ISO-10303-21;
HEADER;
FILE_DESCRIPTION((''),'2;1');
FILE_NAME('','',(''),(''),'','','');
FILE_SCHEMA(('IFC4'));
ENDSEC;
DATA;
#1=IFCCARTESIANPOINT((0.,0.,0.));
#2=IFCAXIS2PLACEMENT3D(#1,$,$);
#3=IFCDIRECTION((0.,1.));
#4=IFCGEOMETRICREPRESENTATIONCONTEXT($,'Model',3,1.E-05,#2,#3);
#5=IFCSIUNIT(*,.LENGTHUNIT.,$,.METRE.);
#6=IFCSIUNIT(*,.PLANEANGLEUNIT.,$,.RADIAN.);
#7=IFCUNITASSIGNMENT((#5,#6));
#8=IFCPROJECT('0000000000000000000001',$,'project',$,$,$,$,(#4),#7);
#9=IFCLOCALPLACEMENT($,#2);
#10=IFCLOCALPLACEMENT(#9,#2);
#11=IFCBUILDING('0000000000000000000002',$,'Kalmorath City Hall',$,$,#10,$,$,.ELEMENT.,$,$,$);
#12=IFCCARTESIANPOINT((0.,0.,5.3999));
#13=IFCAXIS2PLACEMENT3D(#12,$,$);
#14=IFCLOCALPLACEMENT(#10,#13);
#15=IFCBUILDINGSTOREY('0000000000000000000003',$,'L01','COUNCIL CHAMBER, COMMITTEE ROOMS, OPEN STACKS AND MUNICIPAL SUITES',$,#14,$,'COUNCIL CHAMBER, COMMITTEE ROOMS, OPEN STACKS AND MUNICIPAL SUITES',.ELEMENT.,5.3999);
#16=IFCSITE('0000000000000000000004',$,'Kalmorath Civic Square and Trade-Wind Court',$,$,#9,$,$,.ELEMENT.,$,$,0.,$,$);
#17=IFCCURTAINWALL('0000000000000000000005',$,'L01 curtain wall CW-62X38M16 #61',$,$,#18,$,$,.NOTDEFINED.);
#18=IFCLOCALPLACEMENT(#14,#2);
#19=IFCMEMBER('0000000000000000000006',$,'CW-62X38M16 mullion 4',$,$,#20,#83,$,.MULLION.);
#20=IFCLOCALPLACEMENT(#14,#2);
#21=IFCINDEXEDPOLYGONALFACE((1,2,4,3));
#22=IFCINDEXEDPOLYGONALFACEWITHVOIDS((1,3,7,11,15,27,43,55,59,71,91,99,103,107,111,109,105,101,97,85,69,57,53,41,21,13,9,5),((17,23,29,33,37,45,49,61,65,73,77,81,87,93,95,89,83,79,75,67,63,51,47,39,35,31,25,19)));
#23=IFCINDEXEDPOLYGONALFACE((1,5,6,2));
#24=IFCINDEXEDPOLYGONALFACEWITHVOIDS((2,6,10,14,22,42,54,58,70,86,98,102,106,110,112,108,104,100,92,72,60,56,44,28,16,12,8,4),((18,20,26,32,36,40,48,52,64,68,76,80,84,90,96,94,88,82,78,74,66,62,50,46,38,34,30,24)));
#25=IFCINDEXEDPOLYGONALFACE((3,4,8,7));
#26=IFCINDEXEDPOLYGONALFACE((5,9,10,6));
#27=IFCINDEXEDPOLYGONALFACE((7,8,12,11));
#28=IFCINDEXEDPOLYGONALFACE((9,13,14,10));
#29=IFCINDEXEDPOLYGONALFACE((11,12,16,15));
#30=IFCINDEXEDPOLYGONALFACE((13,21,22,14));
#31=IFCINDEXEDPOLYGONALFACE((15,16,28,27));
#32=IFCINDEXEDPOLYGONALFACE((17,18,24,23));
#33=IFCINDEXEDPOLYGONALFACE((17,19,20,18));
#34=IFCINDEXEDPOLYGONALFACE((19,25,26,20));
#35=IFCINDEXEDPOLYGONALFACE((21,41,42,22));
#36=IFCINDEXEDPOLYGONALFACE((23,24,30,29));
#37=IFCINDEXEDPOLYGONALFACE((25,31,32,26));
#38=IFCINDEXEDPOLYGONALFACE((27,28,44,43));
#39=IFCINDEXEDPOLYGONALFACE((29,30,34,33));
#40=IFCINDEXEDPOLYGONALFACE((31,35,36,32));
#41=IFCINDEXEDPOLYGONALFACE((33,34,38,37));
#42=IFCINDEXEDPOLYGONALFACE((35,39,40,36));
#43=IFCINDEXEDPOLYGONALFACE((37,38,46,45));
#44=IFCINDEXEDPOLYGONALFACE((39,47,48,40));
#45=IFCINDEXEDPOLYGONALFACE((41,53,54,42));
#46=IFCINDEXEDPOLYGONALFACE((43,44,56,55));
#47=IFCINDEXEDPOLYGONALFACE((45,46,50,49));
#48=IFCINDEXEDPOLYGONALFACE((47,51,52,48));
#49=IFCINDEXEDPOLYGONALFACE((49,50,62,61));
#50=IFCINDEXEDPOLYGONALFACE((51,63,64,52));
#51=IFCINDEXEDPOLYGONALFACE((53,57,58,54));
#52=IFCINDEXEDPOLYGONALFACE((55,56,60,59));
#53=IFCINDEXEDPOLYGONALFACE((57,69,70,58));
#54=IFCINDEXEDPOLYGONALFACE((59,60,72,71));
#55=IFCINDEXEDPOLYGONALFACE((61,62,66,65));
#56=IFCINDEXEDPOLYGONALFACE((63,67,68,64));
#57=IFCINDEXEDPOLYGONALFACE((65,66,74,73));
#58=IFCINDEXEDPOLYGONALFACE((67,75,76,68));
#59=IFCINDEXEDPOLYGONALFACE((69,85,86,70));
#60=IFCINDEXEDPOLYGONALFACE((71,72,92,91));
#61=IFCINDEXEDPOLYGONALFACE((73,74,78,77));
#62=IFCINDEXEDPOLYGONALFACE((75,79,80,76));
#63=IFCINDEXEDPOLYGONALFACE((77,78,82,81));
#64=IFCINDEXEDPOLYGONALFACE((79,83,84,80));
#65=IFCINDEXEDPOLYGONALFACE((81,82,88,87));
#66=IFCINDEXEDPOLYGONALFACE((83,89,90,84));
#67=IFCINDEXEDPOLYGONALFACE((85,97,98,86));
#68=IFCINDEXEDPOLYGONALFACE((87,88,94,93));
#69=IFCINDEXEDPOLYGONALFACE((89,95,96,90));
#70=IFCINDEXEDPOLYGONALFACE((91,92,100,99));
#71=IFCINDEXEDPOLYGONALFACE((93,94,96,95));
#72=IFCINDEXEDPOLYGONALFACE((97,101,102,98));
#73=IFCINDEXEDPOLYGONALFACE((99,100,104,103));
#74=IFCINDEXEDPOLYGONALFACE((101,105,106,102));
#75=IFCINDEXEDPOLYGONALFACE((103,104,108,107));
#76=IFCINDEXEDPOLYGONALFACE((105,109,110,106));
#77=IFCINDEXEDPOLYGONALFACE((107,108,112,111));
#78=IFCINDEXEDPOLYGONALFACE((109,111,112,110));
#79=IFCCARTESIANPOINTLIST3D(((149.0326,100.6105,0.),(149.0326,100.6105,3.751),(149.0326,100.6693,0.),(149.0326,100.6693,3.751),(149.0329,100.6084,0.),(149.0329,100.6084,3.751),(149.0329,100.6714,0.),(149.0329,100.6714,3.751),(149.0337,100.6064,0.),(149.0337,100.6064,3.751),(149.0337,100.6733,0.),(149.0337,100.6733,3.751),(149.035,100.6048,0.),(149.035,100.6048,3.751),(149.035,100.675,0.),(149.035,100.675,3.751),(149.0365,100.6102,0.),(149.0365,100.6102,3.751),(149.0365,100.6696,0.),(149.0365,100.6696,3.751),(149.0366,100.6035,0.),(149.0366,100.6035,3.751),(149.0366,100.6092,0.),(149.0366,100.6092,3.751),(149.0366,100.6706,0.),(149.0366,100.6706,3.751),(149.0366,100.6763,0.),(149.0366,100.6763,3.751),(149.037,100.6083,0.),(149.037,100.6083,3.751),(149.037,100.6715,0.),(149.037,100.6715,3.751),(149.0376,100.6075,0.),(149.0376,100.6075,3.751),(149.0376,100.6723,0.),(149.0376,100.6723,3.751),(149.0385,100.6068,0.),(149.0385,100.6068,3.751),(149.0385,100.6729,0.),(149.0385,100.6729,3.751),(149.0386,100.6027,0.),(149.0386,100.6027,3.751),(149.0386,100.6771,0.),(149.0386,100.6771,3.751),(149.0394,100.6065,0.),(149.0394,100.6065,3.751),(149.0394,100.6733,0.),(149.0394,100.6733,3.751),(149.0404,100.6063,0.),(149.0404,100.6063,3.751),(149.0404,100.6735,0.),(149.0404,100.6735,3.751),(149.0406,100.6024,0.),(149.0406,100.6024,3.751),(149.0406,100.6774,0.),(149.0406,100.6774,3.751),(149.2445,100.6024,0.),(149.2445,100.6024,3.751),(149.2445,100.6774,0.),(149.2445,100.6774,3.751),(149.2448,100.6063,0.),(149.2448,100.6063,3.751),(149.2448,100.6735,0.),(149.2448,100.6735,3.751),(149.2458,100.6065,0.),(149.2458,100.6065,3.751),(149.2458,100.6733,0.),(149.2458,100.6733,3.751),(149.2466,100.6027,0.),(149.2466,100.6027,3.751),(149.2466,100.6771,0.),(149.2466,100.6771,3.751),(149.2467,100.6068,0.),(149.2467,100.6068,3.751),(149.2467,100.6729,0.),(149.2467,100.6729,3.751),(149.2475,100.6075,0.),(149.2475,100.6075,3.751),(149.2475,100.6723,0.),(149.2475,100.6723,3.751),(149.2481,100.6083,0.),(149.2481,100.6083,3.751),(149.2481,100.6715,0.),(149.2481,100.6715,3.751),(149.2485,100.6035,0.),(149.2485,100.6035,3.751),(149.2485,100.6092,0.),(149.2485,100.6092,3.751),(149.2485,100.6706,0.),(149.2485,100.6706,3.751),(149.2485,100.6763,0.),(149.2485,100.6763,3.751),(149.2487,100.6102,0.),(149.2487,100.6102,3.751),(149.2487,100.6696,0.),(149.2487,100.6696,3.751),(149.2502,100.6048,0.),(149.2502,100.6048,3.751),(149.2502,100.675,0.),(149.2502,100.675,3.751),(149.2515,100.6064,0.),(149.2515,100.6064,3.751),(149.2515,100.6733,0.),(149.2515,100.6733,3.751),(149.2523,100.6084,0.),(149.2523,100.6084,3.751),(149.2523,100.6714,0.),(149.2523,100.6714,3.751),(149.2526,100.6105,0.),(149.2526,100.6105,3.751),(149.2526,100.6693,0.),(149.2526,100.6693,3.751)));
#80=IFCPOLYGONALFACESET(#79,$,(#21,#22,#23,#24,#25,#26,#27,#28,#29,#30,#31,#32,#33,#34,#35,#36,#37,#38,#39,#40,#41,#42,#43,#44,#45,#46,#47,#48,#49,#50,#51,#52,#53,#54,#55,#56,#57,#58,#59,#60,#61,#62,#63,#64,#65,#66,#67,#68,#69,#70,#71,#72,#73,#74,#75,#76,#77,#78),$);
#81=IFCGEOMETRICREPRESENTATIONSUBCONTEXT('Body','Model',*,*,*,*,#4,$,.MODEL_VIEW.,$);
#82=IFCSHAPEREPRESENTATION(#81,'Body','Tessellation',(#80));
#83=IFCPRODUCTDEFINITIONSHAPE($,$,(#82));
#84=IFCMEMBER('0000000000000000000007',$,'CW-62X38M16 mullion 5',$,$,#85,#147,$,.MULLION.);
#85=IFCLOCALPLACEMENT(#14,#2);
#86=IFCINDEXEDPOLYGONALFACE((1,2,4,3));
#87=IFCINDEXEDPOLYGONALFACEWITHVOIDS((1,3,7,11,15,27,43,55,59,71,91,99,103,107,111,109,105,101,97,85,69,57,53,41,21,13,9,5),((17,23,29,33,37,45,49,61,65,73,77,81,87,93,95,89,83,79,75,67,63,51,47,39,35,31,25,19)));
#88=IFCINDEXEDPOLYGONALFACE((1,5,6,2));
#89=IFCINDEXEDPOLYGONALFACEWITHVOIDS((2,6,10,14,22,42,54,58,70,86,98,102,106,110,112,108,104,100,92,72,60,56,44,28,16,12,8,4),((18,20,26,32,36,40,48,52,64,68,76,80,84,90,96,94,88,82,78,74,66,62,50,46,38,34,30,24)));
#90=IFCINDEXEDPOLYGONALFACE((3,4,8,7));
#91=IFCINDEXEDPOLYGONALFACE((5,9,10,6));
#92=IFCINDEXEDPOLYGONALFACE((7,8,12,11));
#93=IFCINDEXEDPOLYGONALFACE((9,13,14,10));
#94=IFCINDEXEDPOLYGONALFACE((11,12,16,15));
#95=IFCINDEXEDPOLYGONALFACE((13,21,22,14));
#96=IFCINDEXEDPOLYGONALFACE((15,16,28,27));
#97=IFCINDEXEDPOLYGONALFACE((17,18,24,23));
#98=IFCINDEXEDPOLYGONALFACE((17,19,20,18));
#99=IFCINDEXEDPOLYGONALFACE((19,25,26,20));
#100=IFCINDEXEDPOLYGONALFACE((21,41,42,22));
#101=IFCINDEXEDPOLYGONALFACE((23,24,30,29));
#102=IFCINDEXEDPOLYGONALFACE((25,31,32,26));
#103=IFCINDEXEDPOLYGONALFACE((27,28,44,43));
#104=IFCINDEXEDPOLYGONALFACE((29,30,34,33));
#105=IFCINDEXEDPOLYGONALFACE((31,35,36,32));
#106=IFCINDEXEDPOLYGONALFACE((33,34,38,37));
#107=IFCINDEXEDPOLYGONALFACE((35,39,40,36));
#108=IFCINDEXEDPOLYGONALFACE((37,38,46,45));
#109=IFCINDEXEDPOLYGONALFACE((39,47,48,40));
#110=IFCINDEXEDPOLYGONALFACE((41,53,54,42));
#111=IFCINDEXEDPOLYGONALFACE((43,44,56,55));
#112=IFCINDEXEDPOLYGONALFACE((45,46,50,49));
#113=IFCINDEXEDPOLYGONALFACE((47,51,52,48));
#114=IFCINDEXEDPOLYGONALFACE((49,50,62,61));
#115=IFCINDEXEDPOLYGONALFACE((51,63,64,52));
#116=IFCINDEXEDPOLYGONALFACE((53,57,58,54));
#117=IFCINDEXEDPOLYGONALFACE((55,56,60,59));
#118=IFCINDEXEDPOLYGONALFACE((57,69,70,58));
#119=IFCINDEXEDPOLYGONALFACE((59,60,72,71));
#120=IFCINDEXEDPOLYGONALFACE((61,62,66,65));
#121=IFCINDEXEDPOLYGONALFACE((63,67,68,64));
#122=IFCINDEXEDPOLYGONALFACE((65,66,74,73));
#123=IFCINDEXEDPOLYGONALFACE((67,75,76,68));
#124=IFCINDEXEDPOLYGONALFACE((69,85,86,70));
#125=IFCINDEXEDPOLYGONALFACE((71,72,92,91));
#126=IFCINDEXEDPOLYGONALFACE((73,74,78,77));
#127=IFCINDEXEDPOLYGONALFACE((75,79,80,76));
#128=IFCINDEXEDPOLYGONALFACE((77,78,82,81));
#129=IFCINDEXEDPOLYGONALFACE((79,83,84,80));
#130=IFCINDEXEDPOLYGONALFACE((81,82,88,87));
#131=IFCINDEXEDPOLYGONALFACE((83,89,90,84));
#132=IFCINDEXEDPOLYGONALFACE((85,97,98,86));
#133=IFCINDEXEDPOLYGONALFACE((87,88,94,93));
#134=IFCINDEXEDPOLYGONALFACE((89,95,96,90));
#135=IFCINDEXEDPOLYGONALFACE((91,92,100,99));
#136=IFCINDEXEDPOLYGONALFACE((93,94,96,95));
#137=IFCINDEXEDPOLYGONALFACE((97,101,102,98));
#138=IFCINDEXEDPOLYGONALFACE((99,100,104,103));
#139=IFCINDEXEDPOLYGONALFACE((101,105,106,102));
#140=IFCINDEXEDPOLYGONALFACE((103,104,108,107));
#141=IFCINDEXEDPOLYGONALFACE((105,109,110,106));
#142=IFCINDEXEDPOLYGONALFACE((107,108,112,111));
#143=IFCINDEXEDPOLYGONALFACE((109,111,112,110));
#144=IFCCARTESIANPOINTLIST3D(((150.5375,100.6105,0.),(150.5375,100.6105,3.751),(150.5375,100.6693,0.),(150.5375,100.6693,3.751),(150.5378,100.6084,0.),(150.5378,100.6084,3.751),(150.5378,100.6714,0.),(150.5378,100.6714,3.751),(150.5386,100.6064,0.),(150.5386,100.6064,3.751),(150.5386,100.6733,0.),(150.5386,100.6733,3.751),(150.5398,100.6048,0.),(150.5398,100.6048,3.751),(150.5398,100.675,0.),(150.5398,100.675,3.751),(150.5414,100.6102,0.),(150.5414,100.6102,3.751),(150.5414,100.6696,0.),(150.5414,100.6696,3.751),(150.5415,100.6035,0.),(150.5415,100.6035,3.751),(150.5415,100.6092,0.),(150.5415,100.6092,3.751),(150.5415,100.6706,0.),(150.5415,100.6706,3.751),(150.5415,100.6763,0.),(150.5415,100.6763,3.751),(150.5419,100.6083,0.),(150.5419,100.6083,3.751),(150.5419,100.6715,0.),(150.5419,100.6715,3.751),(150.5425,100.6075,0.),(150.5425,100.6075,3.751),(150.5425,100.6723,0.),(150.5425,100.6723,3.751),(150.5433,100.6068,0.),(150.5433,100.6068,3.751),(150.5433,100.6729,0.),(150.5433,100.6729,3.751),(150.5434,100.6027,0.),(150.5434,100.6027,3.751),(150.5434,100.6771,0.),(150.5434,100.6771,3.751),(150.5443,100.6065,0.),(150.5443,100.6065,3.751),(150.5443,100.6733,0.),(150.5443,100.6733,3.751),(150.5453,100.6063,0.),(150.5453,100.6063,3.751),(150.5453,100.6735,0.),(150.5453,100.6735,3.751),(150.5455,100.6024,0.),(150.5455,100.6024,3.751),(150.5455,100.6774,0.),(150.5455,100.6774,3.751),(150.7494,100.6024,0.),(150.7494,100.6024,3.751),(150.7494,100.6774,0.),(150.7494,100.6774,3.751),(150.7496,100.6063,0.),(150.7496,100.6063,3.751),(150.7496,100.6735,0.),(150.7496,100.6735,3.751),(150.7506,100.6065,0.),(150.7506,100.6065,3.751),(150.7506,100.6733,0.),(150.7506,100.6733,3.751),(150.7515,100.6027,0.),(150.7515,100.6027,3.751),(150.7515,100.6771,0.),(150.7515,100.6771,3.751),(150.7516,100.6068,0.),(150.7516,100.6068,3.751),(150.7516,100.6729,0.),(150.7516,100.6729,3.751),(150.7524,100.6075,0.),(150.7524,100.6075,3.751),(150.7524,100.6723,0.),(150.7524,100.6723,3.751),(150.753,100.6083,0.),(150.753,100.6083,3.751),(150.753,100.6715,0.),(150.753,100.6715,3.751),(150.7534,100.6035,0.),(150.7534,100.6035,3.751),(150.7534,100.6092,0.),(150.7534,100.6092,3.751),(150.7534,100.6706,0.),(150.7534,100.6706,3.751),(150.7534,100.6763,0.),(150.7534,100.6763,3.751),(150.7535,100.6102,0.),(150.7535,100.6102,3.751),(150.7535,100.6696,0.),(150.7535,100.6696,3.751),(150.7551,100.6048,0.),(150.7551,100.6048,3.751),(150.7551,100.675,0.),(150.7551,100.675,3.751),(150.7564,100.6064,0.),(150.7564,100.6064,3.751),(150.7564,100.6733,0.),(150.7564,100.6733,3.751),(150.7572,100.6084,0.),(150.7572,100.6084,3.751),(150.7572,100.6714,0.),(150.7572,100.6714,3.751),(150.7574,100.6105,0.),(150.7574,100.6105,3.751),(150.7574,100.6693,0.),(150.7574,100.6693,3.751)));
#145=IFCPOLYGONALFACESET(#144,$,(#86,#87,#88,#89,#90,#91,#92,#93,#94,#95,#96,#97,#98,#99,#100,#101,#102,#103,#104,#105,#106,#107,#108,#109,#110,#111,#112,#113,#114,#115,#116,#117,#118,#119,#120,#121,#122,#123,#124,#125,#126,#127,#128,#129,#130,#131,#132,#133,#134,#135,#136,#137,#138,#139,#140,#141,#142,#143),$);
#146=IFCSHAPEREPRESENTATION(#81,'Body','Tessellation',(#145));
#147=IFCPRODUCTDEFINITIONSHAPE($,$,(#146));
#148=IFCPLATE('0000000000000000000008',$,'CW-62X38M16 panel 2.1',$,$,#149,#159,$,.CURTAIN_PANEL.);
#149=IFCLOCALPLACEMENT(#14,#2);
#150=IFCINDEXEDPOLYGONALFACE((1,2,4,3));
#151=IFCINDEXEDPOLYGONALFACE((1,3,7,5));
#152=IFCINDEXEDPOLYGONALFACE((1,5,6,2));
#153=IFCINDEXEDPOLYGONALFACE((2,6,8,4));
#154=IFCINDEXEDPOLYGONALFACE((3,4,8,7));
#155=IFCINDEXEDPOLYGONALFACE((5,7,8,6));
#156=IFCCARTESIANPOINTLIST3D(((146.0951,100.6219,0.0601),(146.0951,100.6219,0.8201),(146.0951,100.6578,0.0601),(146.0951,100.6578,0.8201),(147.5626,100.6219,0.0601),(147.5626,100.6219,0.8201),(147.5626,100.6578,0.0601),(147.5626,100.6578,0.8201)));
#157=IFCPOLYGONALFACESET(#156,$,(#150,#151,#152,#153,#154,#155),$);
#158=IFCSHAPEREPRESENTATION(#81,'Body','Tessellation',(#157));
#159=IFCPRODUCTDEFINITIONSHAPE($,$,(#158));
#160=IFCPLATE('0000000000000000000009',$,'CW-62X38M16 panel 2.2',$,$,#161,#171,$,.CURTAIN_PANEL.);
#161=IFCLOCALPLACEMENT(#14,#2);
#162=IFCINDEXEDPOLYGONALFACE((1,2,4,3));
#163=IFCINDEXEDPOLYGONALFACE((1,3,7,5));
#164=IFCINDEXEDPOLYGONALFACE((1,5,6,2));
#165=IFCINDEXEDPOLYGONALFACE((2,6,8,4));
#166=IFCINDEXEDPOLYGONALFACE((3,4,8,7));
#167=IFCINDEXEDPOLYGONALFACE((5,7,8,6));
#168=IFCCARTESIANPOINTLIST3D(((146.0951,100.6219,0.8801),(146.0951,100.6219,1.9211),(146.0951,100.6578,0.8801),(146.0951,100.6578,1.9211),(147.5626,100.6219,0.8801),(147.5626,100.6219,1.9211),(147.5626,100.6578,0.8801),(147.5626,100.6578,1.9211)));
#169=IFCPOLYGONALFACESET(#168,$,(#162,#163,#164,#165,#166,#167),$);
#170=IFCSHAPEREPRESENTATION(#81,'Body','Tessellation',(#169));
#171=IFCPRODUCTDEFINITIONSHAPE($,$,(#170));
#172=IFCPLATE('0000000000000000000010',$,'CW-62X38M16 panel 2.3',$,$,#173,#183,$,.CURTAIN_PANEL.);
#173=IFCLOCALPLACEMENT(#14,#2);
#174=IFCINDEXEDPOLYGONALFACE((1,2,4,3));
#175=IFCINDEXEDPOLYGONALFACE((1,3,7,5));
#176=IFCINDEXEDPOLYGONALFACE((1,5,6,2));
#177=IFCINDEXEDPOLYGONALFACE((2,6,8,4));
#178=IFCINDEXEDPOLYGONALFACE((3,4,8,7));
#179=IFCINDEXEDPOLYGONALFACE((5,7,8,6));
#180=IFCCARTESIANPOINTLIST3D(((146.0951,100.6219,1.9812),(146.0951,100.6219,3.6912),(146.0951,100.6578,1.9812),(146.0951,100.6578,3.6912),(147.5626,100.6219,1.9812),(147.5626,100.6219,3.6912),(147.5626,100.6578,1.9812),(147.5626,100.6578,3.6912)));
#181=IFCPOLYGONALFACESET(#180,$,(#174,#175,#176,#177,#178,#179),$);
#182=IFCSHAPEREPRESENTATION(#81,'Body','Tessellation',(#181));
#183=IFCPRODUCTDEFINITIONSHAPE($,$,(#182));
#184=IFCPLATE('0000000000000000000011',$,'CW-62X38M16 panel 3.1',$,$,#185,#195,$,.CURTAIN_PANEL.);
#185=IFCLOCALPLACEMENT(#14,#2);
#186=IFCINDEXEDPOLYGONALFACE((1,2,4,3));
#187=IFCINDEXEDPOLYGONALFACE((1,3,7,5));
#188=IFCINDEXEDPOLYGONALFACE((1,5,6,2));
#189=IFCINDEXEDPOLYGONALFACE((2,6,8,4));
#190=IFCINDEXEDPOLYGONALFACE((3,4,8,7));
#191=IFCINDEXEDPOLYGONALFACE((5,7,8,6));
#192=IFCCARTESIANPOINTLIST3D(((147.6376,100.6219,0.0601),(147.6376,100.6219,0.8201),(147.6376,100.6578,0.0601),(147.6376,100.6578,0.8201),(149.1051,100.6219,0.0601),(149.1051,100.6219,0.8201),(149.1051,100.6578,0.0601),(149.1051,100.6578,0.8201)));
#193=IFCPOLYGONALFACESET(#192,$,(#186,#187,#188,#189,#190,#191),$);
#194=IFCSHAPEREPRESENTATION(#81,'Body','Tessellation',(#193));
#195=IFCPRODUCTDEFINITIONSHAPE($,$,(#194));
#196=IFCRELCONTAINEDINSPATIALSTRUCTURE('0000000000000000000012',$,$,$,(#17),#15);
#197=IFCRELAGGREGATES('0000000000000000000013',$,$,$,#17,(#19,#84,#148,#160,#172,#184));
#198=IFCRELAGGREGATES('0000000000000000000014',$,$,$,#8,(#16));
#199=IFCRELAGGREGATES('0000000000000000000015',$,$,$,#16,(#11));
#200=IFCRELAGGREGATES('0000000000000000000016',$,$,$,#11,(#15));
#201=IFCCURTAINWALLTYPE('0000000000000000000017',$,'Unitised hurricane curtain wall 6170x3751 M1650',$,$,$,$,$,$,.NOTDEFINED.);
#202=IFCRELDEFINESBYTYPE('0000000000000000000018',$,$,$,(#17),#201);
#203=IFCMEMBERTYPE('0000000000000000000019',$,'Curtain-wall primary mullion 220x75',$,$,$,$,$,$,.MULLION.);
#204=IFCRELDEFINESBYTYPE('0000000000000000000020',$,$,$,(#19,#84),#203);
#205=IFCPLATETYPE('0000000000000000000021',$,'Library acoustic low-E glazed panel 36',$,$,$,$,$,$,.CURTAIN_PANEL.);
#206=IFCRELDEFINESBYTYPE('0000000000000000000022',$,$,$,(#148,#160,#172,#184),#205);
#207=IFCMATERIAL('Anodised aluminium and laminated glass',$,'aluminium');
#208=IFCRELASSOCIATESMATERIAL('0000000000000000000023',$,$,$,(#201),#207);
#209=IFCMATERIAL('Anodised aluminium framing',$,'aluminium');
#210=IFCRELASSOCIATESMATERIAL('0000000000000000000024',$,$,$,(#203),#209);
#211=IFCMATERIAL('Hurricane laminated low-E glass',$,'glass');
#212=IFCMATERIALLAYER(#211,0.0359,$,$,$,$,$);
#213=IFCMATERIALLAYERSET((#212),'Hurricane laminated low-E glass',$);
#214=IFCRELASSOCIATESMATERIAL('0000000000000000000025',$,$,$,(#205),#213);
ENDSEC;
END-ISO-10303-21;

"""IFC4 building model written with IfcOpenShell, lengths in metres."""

from ifc_helpers import new_model, si_unit, direction, frame, origin, origin_2d, place, context, subcontext, project, spatial, rectangle, hollow_rectangle, extrude, material, layer, layer_set, material_profile, profile_set, type_object, element, aggregate, save


model = new_model("IFC4")

# Units and contexts
model_context = context("Model", 3, precision=1e-05, world=origin(), true_north=direction((0.0, 1.0)))
body_context = subcontext(model_context, "Body", "Model", "MODEL_VIEW")
ifc_project = project(units=[si_unit("LENGTHUNIT", "METRE"), si_unit("PLANEANGLEUNIT", "RADIAN")], contexts=[model_context])

# Site, building, storey
site_placement = place(None, origin())
site = spatial("IfcSite", under=ifc_project, at=site_placement, Name="Kalmorath Civic Square and Trade-Wind Court", CompositionType="ELEMENT", RefElevation=0.0)
building_placement = place(site_placement, origin())
building = spatial("IfcBuilding", under=site, at=building_placement, Name="Kalmorath City Hall", CompositionType="ELEMENT")
storey_placement = place(building_placement, frame((0.0, 0.0, 5.3999)))
storey = spatial("IfcBuildingStorey", under=building, at=storey_placement, Name="L01", Description="COUNCIL CHAMBER, COMMITTEE ROOMS, OPEN STACKS AND MUNICIPAL SUITES", LongName="COUNCIL CHAMBER, COMMITTEE ROOMS, OPEN STACKS AND MUNICIPAL SUITES", CompositionType="ELEMENT", Elevation=5.3999)

# Curtain wall, members, plates
ifc_material_1 = material(Name="Anodised aluminium and laminated glass", Category="aluminium")
curtain_wall_type = type_object("IfcCurtainWallType", Name="Unitised hurricane curtain wall 6170x3751 M1650", PredefinedType="NOTDEFINED", material=ifc_material_1)
curtain_wall_placement = place(storey_placement, origin())
curtain_wall = element("IfcCurtainWall", 1, at=curtain_wall_placement, inside=storey, type_object=curtain_wall_type, Name="L01 curtain wall CW-62X38M16 #61", PredefinedType="NOTDEFINED")
ifc_material_2 = material(Name="Anodised aluminium framing", Category="aluminium")
ifc_material_profile_1 = material_profile(ifc_material_2, hollow_rectangle(XDim=0.075, YDim=0.22, WallThickness=0.0039, InnerFilletRadius=0.0039, OuterFilletRadius=0.0081, at=origin_2d()), Name="ALU-MUL-220X75X4")
ifc_profile_set_1 = profile_set([ifc_material_profile_1], Name="Anodised aluminium framing")
member_type_1 = type_object("IfcMemberType", Name="Curtain-wall primary mullion 220x75", PredefinedType="MULLION", material=ifc_profile_set_1)
member_1_placement = place(storey_placement, frame((149.1426, 100.6399, 0.0), z_axis=(0.0, 0.0, 1.0), x_axis=(0.0, 1.0, 0.0)))
member_1 = element("IfcMember", 2, at=member_1_placement, type_object=member_type_1, Name="CW-62X38M16 mullion 4", PredefinedType="MULLION", context=body_context, shape_type="SweptSolid", body=[
    extrude(hollow_rectangle(XDim=0.075, YDim=0.22, WallThickness=0.0039, InnerFilletRadius=0.0039, OuterFilletRadius=0.0081, at=origin_2d()), origin(), (0.0, 0.0, 1.0), 3.751),
])
member_2_placement = place(storey_placement, frame((150.6475, 100.6399, 0.0), z_axis=(0.0, 0.0, 1.0), x_axis=(0.0, 1.0, 0.0)))
member_2 = element("IfcMember", 3, at=member_2_placement, type_object=member_type_1, Name="CW-62X38M16 mullion 5", PredefinedType="MULLION", context=body_context, shape_type="SweptSolid", body=[
    extrude(hollow_rectangle(XDim=0.075, YDim=0.22, WallThickness=0.0039, InnerFilletRadius=0.0039, OuterFilletRadius=0.0081, at=origin_2d()), origin(), (0.0, 0.0, 1.0), 3.751),
])
ifc_material_3 = material(Name="Hurricane laminated low-E glass", Category="glass")
ifc_layer_1 = layer(ifc_material_3, 0.0359)
ifc_layer_set_1 = layer_set([ifc_layer_1], Name="Hurricane laminated low-E glass")
plate_type = type_object("IfcPlateType", Name="Library acoustic low-E glazed panel 36", PredefinedType="CURTAIN_PANEL", material=ifc_layer_set_1)
plate_1_placement = place(storey_placement, frame((146.8289, 100.6399, 0.0601), z_axis=(0.0, 0.0, 1.0), x_axis=(1.0, 0.0, 0.0)))
plate_1 = element("IfcPlate", 4, at=plate_1_placement, type_object=plate_type, Name="CW-62X38M16 panel 2.1", PredefinedType="CURTAIN_PANEL", context=body_context, shape_type="SweptSolid", body=[
    extrude(rectangle(XDim=1.4675, YDim=0.0359, at=origin_2d()), origin(), (0.0, 0.0, 1.0), 0.76),
])
plate_2_placement = place(storey_placement, frame((146.8289, 100.6399, 0.8801), z_axis=(0.0, 0.0, 1.0), x_axis=(1.0, 0.0, 0.0)))
plate_2 = element("IfcPlate", 5, at=plate_2_placement, type_object=plate_type, Name="CW-62X38M16 panel 2.2", PredefinedType="CURTAIN_PANEL", context=body_context, shape_type="SweptSolid", body=[
    extrude(rectangle(XDim=1.4675, YDim=0.0359, at=origin_2d()), origin(), (0.0, 0.0, 1.0), 1.041),
])
plate_3_placement = place(storey_placement, frame((146.8289, 100.6399, 1.9812), z_axis=(0.0, 0.0, 1.0), x_axis=(1.0, 0.0, 0.0)))
plate_3 = element("IfcPlate", 6, at=plate_3_placement, type_object=plate_type, Name="CW-62X38M16 panel 2.3", PredefinedType="CURTAIN_PANEL", context=body_context, shape_type="SweptSolid", body=[
    extrude(rectangle(XDim=1.4675, YDim=0.0359, at=origin_2d()), origin(), (0.0, 0.0, 1.0), 1.71),
])
plate_4_placement = place(storey_placement, frame((148.3713, 100.6399, 0.0601), z_axis=(0.0, 0.0, 1.0), x_axis=(1.0, 0.0, 0.0)))
plate_4 = element("IfcPlate", 7, at=plate_4_placement, type_object=plate_type, Name="CW-62X38M16 panel 3.1", PredefinedType="CURTAIN_PANEL", context=body_context, shape_type="SweptSolid", body=[
    extrude(rectangle(XDim=1.4675, YDim=0.0359, at=origin_2d()), origin(), (0.0, 0.0, 1.0), 0.76),
])
aggregate(curtain_wall, [member_1, member_2, plate_1, plate_2, plate_3, plate_4])

save(model, "model.ifc")
